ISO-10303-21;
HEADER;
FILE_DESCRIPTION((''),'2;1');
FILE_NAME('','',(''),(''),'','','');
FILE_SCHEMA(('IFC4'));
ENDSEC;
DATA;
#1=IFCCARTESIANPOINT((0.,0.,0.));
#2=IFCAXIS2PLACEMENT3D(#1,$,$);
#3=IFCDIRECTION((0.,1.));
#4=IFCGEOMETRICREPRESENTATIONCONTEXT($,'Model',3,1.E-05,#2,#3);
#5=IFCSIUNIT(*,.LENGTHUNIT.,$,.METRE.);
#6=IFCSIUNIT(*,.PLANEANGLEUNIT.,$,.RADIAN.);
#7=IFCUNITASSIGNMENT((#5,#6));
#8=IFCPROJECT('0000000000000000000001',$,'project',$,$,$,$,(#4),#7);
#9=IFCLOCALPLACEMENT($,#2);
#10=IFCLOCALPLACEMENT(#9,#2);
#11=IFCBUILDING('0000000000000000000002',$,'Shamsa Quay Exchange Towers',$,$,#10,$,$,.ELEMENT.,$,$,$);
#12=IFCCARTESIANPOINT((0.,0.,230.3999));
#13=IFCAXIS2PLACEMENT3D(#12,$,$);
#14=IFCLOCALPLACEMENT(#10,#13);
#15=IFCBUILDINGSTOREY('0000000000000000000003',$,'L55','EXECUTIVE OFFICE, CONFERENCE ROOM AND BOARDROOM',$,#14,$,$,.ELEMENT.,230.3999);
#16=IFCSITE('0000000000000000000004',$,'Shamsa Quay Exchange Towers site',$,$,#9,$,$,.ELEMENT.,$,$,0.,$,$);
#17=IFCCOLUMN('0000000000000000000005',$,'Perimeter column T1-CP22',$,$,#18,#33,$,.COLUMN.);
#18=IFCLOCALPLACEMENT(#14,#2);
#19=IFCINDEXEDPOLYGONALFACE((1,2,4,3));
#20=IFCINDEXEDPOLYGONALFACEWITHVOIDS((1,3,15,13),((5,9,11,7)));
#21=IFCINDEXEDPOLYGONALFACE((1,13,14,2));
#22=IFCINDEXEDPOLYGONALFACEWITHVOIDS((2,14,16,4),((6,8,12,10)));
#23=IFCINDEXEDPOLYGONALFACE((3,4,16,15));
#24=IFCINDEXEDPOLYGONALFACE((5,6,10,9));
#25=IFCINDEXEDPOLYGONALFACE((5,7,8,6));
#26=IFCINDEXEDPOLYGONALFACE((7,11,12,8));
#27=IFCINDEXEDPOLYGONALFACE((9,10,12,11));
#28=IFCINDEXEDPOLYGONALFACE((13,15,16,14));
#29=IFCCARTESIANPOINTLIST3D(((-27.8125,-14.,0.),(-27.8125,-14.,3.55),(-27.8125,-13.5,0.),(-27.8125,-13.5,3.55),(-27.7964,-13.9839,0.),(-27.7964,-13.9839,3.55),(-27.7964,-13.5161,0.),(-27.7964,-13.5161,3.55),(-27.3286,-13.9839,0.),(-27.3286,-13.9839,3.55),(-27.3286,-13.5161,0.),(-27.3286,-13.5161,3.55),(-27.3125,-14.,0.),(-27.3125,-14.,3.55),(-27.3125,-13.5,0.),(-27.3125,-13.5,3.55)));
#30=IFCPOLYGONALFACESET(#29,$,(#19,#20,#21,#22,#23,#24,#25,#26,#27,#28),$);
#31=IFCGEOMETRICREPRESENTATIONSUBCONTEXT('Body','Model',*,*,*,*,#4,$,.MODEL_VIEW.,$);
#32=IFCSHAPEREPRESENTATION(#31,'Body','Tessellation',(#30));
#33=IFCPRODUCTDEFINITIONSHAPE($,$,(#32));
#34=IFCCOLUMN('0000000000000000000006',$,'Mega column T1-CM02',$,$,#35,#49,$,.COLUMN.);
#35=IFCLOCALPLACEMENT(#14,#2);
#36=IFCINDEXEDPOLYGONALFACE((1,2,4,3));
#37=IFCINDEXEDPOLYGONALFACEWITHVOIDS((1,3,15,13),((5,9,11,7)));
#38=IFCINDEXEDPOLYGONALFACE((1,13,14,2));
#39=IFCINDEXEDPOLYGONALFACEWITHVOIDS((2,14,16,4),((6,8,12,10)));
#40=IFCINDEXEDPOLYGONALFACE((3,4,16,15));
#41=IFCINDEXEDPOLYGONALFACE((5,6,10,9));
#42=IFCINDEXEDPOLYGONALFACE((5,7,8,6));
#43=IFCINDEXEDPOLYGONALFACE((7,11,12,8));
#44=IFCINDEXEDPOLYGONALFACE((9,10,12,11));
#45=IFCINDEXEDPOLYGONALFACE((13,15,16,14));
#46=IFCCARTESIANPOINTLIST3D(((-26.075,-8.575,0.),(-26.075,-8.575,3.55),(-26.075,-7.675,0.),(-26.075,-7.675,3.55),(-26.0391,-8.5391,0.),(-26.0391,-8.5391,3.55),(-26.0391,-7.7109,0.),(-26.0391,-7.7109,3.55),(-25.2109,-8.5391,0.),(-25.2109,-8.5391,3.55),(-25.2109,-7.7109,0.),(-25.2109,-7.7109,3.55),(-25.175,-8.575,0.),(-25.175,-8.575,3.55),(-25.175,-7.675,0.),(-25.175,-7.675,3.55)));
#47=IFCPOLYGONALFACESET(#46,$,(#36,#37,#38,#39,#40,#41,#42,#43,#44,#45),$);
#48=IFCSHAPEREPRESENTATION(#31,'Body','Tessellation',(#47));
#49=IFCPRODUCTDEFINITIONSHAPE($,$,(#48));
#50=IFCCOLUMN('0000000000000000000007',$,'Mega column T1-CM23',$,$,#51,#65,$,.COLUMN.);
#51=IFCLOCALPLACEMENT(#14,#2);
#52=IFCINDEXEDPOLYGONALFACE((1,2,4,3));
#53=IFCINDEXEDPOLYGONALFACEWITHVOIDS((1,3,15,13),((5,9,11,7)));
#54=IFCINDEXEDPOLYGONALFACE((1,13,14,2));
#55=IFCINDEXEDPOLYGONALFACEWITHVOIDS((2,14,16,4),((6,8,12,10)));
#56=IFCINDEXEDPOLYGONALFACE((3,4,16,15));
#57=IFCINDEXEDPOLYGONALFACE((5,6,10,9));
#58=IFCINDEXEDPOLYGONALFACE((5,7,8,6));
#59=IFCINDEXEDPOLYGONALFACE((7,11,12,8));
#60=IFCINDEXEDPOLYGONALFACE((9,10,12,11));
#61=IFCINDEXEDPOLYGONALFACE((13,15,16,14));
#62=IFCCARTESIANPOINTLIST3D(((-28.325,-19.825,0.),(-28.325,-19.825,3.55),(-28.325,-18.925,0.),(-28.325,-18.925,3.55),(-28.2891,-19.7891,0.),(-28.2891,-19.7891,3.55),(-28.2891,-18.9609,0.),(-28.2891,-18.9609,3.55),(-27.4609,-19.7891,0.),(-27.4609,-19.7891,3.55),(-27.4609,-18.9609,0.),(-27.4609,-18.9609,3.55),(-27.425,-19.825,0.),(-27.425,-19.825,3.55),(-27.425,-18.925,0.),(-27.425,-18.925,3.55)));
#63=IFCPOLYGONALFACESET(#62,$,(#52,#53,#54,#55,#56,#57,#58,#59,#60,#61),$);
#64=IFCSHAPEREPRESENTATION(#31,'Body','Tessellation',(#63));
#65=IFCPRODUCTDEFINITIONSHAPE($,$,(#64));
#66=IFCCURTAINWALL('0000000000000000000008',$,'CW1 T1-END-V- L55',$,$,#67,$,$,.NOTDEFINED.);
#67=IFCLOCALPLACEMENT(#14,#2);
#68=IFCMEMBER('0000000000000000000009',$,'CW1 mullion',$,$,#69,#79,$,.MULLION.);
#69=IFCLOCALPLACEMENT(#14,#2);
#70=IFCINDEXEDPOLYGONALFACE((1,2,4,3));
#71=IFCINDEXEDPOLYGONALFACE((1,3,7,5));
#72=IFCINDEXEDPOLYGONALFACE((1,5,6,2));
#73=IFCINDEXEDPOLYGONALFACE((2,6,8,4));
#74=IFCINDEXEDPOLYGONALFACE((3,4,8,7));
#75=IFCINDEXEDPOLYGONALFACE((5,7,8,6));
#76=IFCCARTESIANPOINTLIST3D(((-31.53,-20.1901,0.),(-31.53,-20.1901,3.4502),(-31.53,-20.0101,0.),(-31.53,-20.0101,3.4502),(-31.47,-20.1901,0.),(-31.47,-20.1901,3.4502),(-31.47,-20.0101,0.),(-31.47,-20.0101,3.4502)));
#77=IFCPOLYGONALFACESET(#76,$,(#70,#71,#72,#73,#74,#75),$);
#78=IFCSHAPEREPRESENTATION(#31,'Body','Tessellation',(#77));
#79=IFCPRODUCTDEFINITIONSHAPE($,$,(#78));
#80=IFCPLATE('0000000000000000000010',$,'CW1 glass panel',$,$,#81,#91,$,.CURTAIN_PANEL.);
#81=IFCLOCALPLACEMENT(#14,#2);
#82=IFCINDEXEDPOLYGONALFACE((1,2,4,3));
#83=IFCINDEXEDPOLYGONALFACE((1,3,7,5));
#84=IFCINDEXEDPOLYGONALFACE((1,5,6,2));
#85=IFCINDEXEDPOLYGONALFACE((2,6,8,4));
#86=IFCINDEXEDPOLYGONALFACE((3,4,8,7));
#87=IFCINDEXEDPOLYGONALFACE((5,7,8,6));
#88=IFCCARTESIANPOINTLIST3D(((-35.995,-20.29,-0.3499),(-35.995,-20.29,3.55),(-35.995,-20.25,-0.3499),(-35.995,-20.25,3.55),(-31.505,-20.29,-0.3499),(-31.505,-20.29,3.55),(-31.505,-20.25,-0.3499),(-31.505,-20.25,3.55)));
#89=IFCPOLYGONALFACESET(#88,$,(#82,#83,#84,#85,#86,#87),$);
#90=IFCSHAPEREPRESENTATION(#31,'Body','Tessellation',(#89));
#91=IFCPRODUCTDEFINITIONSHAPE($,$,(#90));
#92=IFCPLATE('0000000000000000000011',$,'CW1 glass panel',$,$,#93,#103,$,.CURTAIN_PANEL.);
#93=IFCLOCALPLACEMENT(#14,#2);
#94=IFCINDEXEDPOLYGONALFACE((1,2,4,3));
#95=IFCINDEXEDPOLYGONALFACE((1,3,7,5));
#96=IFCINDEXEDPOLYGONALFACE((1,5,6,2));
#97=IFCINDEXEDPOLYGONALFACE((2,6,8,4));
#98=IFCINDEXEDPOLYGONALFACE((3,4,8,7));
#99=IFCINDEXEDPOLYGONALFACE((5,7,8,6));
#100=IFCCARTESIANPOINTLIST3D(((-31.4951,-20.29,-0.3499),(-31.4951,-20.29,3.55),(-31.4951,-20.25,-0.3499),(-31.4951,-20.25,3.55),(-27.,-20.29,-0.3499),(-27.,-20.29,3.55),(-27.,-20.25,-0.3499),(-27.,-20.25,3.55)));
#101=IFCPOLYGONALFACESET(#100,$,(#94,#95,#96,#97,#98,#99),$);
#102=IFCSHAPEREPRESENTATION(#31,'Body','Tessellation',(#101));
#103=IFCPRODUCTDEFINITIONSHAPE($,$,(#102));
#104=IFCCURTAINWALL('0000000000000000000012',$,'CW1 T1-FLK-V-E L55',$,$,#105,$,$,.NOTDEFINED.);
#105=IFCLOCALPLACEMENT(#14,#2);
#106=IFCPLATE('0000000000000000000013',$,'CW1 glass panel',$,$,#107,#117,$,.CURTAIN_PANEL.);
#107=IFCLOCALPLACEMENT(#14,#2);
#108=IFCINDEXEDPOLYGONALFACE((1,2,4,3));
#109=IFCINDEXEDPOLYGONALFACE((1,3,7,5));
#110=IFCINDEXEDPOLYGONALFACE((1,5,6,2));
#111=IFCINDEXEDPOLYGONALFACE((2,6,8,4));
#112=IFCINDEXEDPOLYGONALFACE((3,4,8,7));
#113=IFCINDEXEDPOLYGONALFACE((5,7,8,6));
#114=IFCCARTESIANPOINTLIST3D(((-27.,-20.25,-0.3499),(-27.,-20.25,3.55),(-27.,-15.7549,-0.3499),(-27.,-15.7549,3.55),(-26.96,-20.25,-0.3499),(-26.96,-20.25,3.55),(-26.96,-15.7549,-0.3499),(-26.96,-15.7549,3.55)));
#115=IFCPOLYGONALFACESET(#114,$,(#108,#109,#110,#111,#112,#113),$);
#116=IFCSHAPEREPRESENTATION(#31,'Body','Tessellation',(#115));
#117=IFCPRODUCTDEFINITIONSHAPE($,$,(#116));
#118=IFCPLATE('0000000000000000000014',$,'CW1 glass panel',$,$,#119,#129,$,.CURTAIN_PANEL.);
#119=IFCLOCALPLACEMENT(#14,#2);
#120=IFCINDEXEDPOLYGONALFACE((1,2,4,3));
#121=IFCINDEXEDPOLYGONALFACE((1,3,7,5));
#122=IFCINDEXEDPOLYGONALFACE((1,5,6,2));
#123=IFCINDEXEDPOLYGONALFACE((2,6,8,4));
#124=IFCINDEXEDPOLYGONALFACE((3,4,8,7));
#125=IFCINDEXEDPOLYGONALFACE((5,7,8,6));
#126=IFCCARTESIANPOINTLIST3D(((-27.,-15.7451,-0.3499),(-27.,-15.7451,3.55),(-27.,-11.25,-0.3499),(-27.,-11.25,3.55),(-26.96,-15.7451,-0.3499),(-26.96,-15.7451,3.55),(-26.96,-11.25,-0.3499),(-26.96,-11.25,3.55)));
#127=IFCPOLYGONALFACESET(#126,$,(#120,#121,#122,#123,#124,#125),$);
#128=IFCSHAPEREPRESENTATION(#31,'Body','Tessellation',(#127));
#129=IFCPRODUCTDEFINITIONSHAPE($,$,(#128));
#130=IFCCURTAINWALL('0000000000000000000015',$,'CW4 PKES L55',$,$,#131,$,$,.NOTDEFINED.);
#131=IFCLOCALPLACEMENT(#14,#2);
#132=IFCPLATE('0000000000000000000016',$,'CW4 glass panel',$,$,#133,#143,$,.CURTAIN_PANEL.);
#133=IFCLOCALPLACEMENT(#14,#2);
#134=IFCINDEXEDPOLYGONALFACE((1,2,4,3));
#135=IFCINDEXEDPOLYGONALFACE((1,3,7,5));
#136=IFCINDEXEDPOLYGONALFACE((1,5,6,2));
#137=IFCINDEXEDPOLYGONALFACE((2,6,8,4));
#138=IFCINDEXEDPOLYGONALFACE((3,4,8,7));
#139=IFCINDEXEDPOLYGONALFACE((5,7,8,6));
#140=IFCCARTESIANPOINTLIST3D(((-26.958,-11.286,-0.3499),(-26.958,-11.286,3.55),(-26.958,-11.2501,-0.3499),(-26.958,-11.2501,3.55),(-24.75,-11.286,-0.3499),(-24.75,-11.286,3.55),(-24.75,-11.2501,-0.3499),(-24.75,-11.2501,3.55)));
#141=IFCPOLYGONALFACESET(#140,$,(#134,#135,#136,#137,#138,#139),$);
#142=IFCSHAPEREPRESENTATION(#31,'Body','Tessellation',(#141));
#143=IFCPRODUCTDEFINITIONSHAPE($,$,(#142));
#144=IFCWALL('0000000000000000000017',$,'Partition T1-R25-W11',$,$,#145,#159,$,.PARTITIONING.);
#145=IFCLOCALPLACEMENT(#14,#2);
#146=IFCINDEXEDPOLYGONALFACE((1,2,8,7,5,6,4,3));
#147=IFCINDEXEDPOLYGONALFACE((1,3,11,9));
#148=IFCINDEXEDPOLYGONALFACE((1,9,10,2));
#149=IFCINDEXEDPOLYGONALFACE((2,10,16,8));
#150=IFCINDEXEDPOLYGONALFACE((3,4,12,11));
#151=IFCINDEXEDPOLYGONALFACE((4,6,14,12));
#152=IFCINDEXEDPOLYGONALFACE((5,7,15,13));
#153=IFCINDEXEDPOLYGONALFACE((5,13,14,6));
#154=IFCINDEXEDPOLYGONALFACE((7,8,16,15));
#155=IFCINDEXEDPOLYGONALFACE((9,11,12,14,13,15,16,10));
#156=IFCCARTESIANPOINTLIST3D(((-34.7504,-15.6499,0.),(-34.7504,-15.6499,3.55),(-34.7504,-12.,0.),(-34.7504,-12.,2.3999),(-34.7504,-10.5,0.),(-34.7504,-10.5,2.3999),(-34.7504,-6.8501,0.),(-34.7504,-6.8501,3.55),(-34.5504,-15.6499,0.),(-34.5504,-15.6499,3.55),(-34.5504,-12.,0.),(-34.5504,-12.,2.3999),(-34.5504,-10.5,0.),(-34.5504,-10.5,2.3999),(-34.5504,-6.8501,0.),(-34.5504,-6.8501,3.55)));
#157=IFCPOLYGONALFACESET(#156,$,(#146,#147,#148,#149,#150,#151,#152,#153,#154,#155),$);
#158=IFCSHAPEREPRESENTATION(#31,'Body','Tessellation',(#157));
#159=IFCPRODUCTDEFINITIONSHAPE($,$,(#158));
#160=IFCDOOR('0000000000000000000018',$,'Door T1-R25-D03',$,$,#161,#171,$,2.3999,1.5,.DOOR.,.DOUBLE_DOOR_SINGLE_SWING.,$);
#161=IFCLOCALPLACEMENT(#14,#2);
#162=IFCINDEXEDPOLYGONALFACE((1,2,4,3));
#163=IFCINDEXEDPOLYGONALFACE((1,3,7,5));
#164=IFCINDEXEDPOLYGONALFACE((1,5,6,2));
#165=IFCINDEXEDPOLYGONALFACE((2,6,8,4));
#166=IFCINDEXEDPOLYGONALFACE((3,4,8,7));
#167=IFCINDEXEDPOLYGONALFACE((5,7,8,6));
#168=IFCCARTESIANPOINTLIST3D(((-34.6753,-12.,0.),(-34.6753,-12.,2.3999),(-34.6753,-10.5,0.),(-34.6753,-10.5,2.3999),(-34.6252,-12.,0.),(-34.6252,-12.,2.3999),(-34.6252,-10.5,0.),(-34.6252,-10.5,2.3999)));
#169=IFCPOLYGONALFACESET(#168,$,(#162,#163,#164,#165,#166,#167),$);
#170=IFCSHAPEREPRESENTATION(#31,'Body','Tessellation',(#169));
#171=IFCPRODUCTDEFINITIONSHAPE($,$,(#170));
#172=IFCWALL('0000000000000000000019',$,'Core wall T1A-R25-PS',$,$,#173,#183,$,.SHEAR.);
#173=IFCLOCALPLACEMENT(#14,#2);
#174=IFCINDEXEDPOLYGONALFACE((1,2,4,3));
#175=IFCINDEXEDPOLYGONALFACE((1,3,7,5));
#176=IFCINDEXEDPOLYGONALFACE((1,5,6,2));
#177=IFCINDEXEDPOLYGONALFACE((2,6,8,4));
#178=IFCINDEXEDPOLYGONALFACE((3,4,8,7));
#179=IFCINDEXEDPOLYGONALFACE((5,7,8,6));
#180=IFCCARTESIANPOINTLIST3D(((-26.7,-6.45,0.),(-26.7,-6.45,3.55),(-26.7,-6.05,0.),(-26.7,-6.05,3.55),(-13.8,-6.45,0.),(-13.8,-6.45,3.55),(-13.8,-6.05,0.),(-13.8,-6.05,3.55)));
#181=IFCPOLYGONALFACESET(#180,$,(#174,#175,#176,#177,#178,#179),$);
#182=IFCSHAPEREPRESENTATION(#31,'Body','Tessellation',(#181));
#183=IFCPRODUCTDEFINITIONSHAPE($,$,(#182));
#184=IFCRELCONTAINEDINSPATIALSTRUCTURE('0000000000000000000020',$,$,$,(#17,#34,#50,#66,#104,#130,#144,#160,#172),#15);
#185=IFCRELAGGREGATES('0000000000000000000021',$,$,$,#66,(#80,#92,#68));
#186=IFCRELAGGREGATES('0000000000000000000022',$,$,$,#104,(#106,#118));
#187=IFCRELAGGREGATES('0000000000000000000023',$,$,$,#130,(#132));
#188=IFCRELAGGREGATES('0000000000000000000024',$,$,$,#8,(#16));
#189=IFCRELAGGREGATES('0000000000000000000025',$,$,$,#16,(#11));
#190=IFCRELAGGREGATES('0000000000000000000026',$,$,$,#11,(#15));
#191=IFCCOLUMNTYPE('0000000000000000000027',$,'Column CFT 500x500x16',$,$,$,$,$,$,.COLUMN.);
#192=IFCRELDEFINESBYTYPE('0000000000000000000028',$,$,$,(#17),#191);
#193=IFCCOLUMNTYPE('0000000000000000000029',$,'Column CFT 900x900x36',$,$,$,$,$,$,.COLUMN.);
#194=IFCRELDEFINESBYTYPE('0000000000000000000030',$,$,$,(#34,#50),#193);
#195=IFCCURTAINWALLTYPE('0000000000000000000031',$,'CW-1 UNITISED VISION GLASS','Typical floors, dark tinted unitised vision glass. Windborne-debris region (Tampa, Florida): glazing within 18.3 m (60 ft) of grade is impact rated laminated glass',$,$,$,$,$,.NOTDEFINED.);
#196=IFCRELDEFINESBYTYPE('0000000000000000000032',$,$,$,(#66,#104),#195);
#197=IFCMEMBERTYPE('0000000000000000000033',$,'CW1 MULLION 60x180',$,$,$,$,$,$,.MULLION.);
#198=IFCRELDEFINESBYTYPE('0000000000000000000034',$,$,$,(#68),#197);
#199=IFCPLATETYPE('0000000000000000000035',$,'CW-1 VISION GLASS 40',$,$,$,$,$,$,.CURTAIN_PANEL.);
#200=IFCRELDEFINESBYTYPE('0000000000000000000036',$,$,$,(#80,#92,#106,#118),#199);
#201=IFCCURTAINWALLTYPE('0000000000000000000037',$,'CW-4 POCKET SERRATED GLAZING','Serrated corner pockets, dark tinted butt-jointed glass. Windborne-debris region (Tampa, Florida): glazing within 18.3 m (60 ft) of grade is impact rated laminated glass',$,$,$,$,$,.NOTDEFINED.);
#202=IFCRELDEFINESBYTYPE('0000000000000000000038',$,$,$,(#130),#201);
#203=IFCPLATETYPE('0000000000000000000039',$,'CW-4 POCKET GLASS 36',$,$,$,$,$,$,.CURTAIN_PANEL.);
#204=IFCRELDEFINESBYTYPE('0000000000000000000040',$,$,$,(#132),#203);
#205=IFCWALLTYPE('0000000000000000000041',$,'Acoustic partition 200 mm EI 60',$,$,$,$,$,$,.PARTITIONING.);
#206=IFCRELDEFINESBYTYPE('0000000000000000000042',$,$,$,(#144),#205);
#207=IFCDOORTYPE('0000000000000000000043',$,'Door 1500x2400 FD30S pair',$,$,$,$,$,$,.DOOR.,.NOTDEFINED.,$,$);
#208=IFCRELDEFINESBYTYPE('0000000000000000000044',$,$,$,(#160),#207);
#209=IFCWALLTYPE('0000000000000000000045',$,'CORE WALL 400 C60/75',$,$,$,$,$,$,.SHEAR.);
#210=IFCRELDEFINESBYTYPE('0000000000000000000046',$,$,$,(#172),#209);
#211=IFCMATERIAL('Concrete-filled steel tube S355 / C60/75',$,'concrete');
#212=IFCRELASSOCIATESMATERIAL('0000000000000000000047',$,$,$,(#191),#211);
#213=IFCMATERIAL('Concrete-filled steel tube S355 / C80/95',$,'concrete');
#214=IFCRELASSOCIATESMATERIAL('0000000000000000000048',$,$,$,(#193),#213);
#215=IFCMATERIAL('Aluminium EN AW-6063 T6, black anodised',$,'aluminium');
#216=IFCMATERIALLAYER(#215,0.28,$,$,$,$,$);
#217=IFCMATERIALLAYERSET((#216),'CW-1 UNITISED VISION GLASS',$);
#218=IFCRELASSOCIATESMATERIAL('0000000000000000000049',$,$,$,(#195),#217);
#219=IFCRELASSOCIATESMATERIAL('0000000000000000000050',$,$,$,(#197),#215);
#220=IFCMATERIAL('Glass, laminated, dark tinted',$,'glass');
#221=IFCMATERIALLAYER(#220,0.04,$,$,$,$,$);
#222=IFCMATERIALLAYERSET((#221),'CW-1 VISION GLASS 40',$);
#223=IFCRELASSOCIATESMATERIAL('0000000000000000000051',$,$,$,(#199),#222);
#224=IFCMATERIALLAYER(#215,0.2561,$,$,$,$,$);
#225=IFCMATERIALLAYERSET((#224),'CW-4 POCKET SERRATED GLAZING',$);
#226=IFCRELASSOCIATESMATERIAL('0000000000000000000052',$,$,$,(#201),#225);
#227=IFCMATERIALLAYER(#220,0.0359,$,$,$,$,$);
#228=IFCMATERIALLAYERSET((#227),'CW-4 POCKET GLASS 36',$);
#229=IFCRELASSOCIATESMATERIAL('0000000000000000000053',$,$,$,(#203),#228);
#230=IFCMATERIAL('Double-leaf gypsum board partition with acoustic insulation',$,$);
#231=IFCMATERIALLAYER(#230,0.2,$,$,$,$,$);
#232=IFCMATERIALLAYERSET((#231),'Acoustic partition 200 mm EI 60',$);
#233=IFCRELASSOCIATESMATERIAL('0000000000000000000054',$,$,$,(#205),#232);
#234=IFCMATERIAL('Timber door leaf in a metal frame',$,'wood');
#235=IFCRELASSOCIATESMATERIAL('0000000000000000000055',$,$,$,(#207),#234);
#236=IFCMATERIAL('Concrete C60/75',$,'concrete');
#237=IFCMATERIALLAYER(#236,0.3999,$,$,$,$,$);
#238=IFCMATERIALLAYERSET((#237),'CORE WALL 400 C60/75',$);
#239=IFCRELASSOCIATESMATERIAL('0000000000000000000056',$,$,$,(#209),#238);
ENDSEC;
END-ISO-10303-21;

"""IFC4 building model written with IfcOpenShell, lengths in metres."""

from ifc_helpers import new_model, si_unit, direction, frame, frame_2d, origin, origin_2d, place, context, subcontext, project, spatial, rectangle, hollow_rectangle, extrude, material, layer, layer_set, material_profile, profile_set, type_object, element, fill, aggregate, save


model = new_model("IFC4")

# Units and contexts
model_context = context("Model", 3, precision=1e-05, world=origin(), true_north=direction((0.0, 1.0)))
body_context = subcontext(model_context, "Body", "Model", "MODEL_VIEW")
ifc_project = project(units=[si_unit("LENGTHUNIT", "METRE"), si_unit("PLANEANGLEUNIT", "RADIAN")], contexts=[model_context])

# Site, building, storey
site_placement = place(None, origin())
site = spatial("IfcSite", under=ifc_project, at=site_placement, Name="Shamsa Quay Exchange Towers site", CompositionType="ELEMENT", RefElevation=0.0)
building_placement = place(site_placement, origin())
building = spatial("IfcBuilding", under=site, at=building_placement, Name="Shamsa Quay Exchange Towers", CompositionType="ELEMENT")
storey_placement = place(building_placement, frame((0.0, 0.0, 230.3999)))
storey = spatial("IfcBuildingStorey", under=building, at=storey_placement, Name="L55", Description="EXECUTIVE OFFICE, CONFERENCE ROOM AND BOARDROOM", CompositionType="ELEMENT", Elevation=230.3999)

# Columns
ifc_material_1 = material(Name="Concrete-filled steel tube S355 / C60/75", Category="concrete")
ifc_material_profile_1 = material_profile(ifc_material_1, hollow_rectangle(XDim=0.5, YDim=0.5, WallThickness=0.0161, at=origin_2d()), Name="CFT 500x500x16")
ifc_profile_set_1 = profile_set([ifc_material_profile_1], Name="Concrete-filled steel tube S355 / C60/75")
column_type_1 = type_object("IfcColumnType", Name="Column CFT 500x500x16", PredefinedType="COLUMN", material=ifc_profile_set_1)
column_placement = place(storey_placement, frame((-27.5625, -13.75, 0.0)))
element("IfcColumn", 1, at=column_placement, inside=storey, type_object=column_type_1, Name="Perimeter column T1-CP22", PredefinedType="COLUMN", context=body_context, shape_type="SweptSolid", body=[
    extrude(hollow_rectangle(XDim=0.5, YDim=0.5, WallThickness=0.0161, at=origin_2d()), origin(), (0.0, 0.0, 1.0), 3.55),
])
ifc_material_2 = material(Name="Concrete-filled steel tube S355 / C80/95", Category="concrete")
ifc_material_profile_2 = material_profile(ifc_material_2, hollow_rectangle(XDim=0.8999, YDim=0.8999, WallThickness=0.0359, at=origin_2d()), Name="CFT 900x900x36")
ifc_profile_set_2 = profile_set([ifc_material_profile_2], Name="Concrete-filled steel tube S355 / C80/95")
column_type_2 = type_object("IfcColumnType", Name="Column CFT 900x900x36", PredefinedType="COLUMN", material=ifc_profile_set_2)
for number, where, name in (
    (2, (-25.625, -8.125, 0.0), "Mega column T1-CM02"),
    (3, (-27.875, -19.375, 0.0), "Mega column T1-CM23"),
):
    element("IfcColumn", number, at=place(storey_placement, frame(where)), inside=storey, type_object=column_type_2, Name=name, PredefinedType="COLUMN", context=body_context, shape_type="SweptSolid", body=[
        extrude(hollow_rectangle(XDim=0.8999, YDim=0.8999, WallThickness=0.0359, at=origin_2d()), origin(), (0.0, 0.0, 1.0), 3.55),
    ])

# Curtain wall, member, plates
ifc_material_3 = material(Name="Aluminium EN AW-6063 T6, black anodised", Category="aluminium")
ifc_layer_1 = layer(ifc_material_3, 0.28)
ifc_layer_set_1 = layer_set([ifc_layer_1], Name="CW-1 UNITISED VISION GLASS")
curtain_wall_type_1 = type_object("IfcCurtainWallType", Name="CW-1 UNITISED VISION GLASS", Description="Typical floors, dark tinted unitised vision glass. Windborne-debris region (Tampa, Florida): glazing within 18.3 m (60 ft) of grade is impact rated laminated glass", PredefinedType="NOTDEFINED", material=ifc_layer_set_1)
curtain_wall_1_placement = place(storey_placement, origin())
curtain_wall_1 = element("IfcCurtainWall", 4, at=curtain_wall_1_placement, inside=storey, type_object=curtain_wall_type_1, Name="CW1 T1-END-V- L55", PredefinedType="NOTDEFINED")
ifc_material_profile_3 = material_profile(ifc_material_3, rectangle(XDim=0.1799, YDim=0.0601, at=origin_2d()), Name="MU60x180")
ifc_profile_set_3 = profile_set([ifc_material_profile_3], Name="Aluminium EN AW-6063 T6, black anodised")
member_type = type_object("IfcMemberType", Name="CW1 MULLION 60x180", PredefinedType="MULLION", material=ifc_profile_set_3)
member_placement = place(storey_placement, frame((-31.5, -20.1001, 0.0), z_axis=(0.0, 0.0, 1.0), x_axis=(0.0, 1.0, 0.0)))
member = element("IfcMember", 5, at=member_placement, type_object=member_type, Name="CW1 mullion", PredefinedType="MULLION", context=body_context, shape_type="SweptSolid", body=[
    extrude(rectangle(XDim=0.1799, YDim=0.0601, at=origin_2d()), origin(), (0.0, 0.0, 1.0), 3.4502),
])
ifc_material_4 = material(Name="Glass, laminated, dark tinted", Category="glass")
ifc_layer_2 = layer(ifc_material_4, 0.04)
ifc_layer_set_2 = layer_set([ifc_layer_2], Name="CW-1 VISION GLASS 40")
plate_type_1 = type_object("IfcPlateType", Name="CW-1 VISION GLASS 40", PredefinedType="CURTAIN_PANEL", material=ifc_layer_set_2)
plate_1_placement = place(storey_placement, frame((-33.75, -20.27, -0.3499)))
plate_1 = element("IfcPlate", 6, at=plate_1_placement, type_object=plate_type_1, Name="CW1 glass panel", PredefinedType="CURTAIN_PANEL", context=body_context, shape_type="SweptSolid", body=[
    extrude(rectangle(XDim=4.49, YDim=0.04, at=origin_2d()), origin(), (0.0, 0.0, 1.0), 3.8999),
])
plate_2_placement = place(storey_placement, frame((-29.2476, -20.27, -0.3499)))
plate_2 = element("IfcPlate", 7, at=plate_2_placement, type_object=plate_type_1, Name="CW1 glass panel", PredefinedType="CURTAIN_PANEL", context=body_context, shape_type="SweptSolid", body=[
    extrude(rectangle(XDim=4.4951, YDim=0.04, at=origin_2d()), origin(), (0.0, 0.0, 1.0), 3.8999),
])
aggregate(curtain_wall_1, [plate_1, plate_2, member])

# Curtain wall, plates
curtain_wall_2_placement = place(storey_placement, origin())
curtain_wall_2 = element("IfcCurtainWall", 8, at=curtain_wall_2_placement, inside=storey, type_object=curtain_wall_type_1, Name="CW1 T1-FLK-V-E L55", PredefinedType="NOTDEFINED")
plate_3_placement = place(storey_placement, frame((-26.98, -18.0024, -0.3499), z_axis=(0.0, 0.0, 1.0), x_axis=(0.0, 1.0, 0.0)))
plate_3 = element("IfcPlate", 9, at=plate_3_placement, type_object=plate_type_1, Name="CW1 glass panel", PredefinedType="CURTAIN_PANEL", context=body_context, shape_type="SweptSolid", body=[
    extrude(rectangle(XDim=4.4951, YDim=0.04, at=origin_2d()), origin(), (0.0, 0.0, 1.0), 3.8999),
])
plate_4_placement = place(storey_placement, frame((-26.98, -13.4976, -0.3499), z_axis=(0.0, 0.0, 1.0), x_axis=(0.0, 1.0, 0.0)))
plate_4 = element("IfcPlate", 10, at=plate_4_placement, type_object=plate_type_1, Name="CW1 glass panel", PredefinedType="CURTAIN_PANEL", context=body_context, shape_type="SweptSolid", body=[
    extrude(rectangle(XDim=4.4951, YDim=0.04, at=origin_2d()), origin(), (0.0, 0.0, 1.0), 3.8999),
])
aggregate(curtain_wall_2, [plate_3, plate_4])

# Curtain wall, plate
ifc_layer_3 = layer(ifc_material_3, 0.2561)
ifc_layer_set_3 = layer_set([ifc_layer_3], Name="CW-4 POCKET SERRATED GLAZING")
curtain_wall_type_2 = type_object("IfcCurtainWallType", Name="CW-4 POCKET SERRATED GLAZING", Description="Serrated corner pockets, dark tinted butt-jointed glass. Windborne-debris region (Tampa, Florida): glazing within 18.3 m (60 ft) of grade is impact rated laminated glass", PredefinedType="NOTDEFINED", material=ifc_layer_set_3)
curtain_wall_3_placement = place(storey_placement, origin())
curtain_wall_3 = element("IfcCurtainWall", 11, at=curtain_wall_3_placement, inside=storey, type_object=curtain_wall_type_2, Name="CW4 PKES L55", PredefinedType="NOTDEFINED")
ifc_layer_4 = layer(ifc_material_4, 0.0359)
ifc_layer_set_4 = layer_set([ifc_layer_4], Name="CW-4 POCKET GLASS 36")
plate_type_2 = type_object("IfcPlateType", Name="CW-4 POCKET GLASS 36", PredefinedType="CURTAIN_PANEL", material=ifc_layer_set_4)
plate_5_placement = place(storey_placement, frame((-25.854, -11.2681, -0.3499)))
plate_5 = element("IfcPlate", 12, at=plate_5_placement, type_object=plate_type_2, Name="CW4 glass panel", PredefinedType="CURTAIN_PANEL", context=body_context, shape_type="SweptSolid", body=[
    extrude(rectangle(XDim=2.208, YDim=0.0359, at=origin_2d()), origin(), (0.0, 0.0, 1.0), 3.8999),
])
aggregate(curtain_wall_3, [plate_5])

# Wall, opening, door
ifc_material_5 = material(Name="Double-leaf gypsum board partition with acoustic insulation")
ifc_layer_5 = layer(ifc_material_5, 0.2)
ifc_layer_set_5 = layer_set([ifc_layer_5], Name="Acoustic partition 200 mm EI 60")
wall_type_1 = type_object("IfcWallType", Name="Acoustic partition 200 mm EI 60", PredefinedType="PARTITIONING", material=ifc_layer_set_5)
wall_1_placement = place(storey_placement, frame((-34.6504, -15.6499, 0.0), z_axis=(0.0, 0.0, 1.0), x_axis=(0.0, 1.0, 0.0)))
wall_1 = element("IfcWall", 13, at=wall_1_placement, inside=storey, type_object=wall_type_1, Name="Partition T1-R25-W11", PredefinedType="PARTITIONING", context=body_context, shape_type="SweptSolid", body=[
    extrude(rectangle(XDim=8.7998, YDim=0.2, at=frame_2d((4.3999, 0.0))), origin(), (0.0, 0.0, 1.0), 3.55),
])
opening_1_placement = place(wall_1_placement, frame((3.6499, 0.0, 0.0)))
opening_1 = element("IfcOpeningElement", 14, at=opening_1_placement, cuts=wall_1, PredefinedType="OPENING", context=body_context, shape_type="SweptSolid", body=[
    extrude(rectangle(XDim=1.5, YDim=2.3999, at=frame_2d((0.75, 1.2))), frame((0.0, 0.1099, 0.0), z_axis=(0.0, -1.0, 0.0), x_axis=(1.0, 0.0, 0.0)), (0.0, 0.0, 1.0), 0.22),
])
ifc_material_6 = material(Name="Timber door leaf in a metal frame", Category="wood")
door_type_1 = type_object("IfcDoorType", Name="Door 1500x2400 FD30S pair", OperationType="NOTDEFINED", PredefinedType="DOOR", material=ifc_material_6)
door_1_placement = place(opening_1_placement, origin())
door_1 = element("IfcDoor", 15, at=door_1_placement, inside=storey, type_object=door_type_1, Name="Door T1-R25-D03", OperationType="DOUBLE_DOOR_SINGLE_SWING", OverallHeight=2.3999, OverallWidth=1.5, PredefinedType="DOOR", context=body_context, shape_type="SweptSolid", body=[
    extrude(rectangle(XDim=1.5, YDim=2.3999, at=frame_2d((0.75, 1.2))), frame((0.0, 0.0249, 0.0), z_axis=(0.0, -1.0, 0.0), x_axis=(1.0, 0.0, 0.0)), (0.0, 0.0, 1.0), 0.05),
])
fill(opening_1, door_1)

# Wall
ifc_material_7 = material(Name="Concrete C60/75", Category="concrete")
ifc_layer_6 = layer(ifc_material_7, 0.3999)
ifc_layer_set_6 = layer_set([ifc_layer_6], Name="CORE WALL 400 C60/75")
wall_type_2 = type_object("IfcWallType", Name="CORE WALL 400 C60/75", PredefinedType="SHEAR", material=ifc_layer_set_6)
wall_2_placement = place(storey_placement, frame((-26.7, -6.25, 0.0)))
element("IfcWall", 16, at=wall_2_placement, inside=storey, type_object=wall_type_2, Name="Core wall T1A-R25-PS", PredefinedType="SHEAR", context=body_context, shape_type="SweptSolid", body=[
    extrude(rectangle(XDim=12.8999, YDim=0.3999, at=frame_2d((6.45, 0.0))), origin(), (0.0, 0.0, 1.0), 3.55),
])

save(model, "model.ifc")
